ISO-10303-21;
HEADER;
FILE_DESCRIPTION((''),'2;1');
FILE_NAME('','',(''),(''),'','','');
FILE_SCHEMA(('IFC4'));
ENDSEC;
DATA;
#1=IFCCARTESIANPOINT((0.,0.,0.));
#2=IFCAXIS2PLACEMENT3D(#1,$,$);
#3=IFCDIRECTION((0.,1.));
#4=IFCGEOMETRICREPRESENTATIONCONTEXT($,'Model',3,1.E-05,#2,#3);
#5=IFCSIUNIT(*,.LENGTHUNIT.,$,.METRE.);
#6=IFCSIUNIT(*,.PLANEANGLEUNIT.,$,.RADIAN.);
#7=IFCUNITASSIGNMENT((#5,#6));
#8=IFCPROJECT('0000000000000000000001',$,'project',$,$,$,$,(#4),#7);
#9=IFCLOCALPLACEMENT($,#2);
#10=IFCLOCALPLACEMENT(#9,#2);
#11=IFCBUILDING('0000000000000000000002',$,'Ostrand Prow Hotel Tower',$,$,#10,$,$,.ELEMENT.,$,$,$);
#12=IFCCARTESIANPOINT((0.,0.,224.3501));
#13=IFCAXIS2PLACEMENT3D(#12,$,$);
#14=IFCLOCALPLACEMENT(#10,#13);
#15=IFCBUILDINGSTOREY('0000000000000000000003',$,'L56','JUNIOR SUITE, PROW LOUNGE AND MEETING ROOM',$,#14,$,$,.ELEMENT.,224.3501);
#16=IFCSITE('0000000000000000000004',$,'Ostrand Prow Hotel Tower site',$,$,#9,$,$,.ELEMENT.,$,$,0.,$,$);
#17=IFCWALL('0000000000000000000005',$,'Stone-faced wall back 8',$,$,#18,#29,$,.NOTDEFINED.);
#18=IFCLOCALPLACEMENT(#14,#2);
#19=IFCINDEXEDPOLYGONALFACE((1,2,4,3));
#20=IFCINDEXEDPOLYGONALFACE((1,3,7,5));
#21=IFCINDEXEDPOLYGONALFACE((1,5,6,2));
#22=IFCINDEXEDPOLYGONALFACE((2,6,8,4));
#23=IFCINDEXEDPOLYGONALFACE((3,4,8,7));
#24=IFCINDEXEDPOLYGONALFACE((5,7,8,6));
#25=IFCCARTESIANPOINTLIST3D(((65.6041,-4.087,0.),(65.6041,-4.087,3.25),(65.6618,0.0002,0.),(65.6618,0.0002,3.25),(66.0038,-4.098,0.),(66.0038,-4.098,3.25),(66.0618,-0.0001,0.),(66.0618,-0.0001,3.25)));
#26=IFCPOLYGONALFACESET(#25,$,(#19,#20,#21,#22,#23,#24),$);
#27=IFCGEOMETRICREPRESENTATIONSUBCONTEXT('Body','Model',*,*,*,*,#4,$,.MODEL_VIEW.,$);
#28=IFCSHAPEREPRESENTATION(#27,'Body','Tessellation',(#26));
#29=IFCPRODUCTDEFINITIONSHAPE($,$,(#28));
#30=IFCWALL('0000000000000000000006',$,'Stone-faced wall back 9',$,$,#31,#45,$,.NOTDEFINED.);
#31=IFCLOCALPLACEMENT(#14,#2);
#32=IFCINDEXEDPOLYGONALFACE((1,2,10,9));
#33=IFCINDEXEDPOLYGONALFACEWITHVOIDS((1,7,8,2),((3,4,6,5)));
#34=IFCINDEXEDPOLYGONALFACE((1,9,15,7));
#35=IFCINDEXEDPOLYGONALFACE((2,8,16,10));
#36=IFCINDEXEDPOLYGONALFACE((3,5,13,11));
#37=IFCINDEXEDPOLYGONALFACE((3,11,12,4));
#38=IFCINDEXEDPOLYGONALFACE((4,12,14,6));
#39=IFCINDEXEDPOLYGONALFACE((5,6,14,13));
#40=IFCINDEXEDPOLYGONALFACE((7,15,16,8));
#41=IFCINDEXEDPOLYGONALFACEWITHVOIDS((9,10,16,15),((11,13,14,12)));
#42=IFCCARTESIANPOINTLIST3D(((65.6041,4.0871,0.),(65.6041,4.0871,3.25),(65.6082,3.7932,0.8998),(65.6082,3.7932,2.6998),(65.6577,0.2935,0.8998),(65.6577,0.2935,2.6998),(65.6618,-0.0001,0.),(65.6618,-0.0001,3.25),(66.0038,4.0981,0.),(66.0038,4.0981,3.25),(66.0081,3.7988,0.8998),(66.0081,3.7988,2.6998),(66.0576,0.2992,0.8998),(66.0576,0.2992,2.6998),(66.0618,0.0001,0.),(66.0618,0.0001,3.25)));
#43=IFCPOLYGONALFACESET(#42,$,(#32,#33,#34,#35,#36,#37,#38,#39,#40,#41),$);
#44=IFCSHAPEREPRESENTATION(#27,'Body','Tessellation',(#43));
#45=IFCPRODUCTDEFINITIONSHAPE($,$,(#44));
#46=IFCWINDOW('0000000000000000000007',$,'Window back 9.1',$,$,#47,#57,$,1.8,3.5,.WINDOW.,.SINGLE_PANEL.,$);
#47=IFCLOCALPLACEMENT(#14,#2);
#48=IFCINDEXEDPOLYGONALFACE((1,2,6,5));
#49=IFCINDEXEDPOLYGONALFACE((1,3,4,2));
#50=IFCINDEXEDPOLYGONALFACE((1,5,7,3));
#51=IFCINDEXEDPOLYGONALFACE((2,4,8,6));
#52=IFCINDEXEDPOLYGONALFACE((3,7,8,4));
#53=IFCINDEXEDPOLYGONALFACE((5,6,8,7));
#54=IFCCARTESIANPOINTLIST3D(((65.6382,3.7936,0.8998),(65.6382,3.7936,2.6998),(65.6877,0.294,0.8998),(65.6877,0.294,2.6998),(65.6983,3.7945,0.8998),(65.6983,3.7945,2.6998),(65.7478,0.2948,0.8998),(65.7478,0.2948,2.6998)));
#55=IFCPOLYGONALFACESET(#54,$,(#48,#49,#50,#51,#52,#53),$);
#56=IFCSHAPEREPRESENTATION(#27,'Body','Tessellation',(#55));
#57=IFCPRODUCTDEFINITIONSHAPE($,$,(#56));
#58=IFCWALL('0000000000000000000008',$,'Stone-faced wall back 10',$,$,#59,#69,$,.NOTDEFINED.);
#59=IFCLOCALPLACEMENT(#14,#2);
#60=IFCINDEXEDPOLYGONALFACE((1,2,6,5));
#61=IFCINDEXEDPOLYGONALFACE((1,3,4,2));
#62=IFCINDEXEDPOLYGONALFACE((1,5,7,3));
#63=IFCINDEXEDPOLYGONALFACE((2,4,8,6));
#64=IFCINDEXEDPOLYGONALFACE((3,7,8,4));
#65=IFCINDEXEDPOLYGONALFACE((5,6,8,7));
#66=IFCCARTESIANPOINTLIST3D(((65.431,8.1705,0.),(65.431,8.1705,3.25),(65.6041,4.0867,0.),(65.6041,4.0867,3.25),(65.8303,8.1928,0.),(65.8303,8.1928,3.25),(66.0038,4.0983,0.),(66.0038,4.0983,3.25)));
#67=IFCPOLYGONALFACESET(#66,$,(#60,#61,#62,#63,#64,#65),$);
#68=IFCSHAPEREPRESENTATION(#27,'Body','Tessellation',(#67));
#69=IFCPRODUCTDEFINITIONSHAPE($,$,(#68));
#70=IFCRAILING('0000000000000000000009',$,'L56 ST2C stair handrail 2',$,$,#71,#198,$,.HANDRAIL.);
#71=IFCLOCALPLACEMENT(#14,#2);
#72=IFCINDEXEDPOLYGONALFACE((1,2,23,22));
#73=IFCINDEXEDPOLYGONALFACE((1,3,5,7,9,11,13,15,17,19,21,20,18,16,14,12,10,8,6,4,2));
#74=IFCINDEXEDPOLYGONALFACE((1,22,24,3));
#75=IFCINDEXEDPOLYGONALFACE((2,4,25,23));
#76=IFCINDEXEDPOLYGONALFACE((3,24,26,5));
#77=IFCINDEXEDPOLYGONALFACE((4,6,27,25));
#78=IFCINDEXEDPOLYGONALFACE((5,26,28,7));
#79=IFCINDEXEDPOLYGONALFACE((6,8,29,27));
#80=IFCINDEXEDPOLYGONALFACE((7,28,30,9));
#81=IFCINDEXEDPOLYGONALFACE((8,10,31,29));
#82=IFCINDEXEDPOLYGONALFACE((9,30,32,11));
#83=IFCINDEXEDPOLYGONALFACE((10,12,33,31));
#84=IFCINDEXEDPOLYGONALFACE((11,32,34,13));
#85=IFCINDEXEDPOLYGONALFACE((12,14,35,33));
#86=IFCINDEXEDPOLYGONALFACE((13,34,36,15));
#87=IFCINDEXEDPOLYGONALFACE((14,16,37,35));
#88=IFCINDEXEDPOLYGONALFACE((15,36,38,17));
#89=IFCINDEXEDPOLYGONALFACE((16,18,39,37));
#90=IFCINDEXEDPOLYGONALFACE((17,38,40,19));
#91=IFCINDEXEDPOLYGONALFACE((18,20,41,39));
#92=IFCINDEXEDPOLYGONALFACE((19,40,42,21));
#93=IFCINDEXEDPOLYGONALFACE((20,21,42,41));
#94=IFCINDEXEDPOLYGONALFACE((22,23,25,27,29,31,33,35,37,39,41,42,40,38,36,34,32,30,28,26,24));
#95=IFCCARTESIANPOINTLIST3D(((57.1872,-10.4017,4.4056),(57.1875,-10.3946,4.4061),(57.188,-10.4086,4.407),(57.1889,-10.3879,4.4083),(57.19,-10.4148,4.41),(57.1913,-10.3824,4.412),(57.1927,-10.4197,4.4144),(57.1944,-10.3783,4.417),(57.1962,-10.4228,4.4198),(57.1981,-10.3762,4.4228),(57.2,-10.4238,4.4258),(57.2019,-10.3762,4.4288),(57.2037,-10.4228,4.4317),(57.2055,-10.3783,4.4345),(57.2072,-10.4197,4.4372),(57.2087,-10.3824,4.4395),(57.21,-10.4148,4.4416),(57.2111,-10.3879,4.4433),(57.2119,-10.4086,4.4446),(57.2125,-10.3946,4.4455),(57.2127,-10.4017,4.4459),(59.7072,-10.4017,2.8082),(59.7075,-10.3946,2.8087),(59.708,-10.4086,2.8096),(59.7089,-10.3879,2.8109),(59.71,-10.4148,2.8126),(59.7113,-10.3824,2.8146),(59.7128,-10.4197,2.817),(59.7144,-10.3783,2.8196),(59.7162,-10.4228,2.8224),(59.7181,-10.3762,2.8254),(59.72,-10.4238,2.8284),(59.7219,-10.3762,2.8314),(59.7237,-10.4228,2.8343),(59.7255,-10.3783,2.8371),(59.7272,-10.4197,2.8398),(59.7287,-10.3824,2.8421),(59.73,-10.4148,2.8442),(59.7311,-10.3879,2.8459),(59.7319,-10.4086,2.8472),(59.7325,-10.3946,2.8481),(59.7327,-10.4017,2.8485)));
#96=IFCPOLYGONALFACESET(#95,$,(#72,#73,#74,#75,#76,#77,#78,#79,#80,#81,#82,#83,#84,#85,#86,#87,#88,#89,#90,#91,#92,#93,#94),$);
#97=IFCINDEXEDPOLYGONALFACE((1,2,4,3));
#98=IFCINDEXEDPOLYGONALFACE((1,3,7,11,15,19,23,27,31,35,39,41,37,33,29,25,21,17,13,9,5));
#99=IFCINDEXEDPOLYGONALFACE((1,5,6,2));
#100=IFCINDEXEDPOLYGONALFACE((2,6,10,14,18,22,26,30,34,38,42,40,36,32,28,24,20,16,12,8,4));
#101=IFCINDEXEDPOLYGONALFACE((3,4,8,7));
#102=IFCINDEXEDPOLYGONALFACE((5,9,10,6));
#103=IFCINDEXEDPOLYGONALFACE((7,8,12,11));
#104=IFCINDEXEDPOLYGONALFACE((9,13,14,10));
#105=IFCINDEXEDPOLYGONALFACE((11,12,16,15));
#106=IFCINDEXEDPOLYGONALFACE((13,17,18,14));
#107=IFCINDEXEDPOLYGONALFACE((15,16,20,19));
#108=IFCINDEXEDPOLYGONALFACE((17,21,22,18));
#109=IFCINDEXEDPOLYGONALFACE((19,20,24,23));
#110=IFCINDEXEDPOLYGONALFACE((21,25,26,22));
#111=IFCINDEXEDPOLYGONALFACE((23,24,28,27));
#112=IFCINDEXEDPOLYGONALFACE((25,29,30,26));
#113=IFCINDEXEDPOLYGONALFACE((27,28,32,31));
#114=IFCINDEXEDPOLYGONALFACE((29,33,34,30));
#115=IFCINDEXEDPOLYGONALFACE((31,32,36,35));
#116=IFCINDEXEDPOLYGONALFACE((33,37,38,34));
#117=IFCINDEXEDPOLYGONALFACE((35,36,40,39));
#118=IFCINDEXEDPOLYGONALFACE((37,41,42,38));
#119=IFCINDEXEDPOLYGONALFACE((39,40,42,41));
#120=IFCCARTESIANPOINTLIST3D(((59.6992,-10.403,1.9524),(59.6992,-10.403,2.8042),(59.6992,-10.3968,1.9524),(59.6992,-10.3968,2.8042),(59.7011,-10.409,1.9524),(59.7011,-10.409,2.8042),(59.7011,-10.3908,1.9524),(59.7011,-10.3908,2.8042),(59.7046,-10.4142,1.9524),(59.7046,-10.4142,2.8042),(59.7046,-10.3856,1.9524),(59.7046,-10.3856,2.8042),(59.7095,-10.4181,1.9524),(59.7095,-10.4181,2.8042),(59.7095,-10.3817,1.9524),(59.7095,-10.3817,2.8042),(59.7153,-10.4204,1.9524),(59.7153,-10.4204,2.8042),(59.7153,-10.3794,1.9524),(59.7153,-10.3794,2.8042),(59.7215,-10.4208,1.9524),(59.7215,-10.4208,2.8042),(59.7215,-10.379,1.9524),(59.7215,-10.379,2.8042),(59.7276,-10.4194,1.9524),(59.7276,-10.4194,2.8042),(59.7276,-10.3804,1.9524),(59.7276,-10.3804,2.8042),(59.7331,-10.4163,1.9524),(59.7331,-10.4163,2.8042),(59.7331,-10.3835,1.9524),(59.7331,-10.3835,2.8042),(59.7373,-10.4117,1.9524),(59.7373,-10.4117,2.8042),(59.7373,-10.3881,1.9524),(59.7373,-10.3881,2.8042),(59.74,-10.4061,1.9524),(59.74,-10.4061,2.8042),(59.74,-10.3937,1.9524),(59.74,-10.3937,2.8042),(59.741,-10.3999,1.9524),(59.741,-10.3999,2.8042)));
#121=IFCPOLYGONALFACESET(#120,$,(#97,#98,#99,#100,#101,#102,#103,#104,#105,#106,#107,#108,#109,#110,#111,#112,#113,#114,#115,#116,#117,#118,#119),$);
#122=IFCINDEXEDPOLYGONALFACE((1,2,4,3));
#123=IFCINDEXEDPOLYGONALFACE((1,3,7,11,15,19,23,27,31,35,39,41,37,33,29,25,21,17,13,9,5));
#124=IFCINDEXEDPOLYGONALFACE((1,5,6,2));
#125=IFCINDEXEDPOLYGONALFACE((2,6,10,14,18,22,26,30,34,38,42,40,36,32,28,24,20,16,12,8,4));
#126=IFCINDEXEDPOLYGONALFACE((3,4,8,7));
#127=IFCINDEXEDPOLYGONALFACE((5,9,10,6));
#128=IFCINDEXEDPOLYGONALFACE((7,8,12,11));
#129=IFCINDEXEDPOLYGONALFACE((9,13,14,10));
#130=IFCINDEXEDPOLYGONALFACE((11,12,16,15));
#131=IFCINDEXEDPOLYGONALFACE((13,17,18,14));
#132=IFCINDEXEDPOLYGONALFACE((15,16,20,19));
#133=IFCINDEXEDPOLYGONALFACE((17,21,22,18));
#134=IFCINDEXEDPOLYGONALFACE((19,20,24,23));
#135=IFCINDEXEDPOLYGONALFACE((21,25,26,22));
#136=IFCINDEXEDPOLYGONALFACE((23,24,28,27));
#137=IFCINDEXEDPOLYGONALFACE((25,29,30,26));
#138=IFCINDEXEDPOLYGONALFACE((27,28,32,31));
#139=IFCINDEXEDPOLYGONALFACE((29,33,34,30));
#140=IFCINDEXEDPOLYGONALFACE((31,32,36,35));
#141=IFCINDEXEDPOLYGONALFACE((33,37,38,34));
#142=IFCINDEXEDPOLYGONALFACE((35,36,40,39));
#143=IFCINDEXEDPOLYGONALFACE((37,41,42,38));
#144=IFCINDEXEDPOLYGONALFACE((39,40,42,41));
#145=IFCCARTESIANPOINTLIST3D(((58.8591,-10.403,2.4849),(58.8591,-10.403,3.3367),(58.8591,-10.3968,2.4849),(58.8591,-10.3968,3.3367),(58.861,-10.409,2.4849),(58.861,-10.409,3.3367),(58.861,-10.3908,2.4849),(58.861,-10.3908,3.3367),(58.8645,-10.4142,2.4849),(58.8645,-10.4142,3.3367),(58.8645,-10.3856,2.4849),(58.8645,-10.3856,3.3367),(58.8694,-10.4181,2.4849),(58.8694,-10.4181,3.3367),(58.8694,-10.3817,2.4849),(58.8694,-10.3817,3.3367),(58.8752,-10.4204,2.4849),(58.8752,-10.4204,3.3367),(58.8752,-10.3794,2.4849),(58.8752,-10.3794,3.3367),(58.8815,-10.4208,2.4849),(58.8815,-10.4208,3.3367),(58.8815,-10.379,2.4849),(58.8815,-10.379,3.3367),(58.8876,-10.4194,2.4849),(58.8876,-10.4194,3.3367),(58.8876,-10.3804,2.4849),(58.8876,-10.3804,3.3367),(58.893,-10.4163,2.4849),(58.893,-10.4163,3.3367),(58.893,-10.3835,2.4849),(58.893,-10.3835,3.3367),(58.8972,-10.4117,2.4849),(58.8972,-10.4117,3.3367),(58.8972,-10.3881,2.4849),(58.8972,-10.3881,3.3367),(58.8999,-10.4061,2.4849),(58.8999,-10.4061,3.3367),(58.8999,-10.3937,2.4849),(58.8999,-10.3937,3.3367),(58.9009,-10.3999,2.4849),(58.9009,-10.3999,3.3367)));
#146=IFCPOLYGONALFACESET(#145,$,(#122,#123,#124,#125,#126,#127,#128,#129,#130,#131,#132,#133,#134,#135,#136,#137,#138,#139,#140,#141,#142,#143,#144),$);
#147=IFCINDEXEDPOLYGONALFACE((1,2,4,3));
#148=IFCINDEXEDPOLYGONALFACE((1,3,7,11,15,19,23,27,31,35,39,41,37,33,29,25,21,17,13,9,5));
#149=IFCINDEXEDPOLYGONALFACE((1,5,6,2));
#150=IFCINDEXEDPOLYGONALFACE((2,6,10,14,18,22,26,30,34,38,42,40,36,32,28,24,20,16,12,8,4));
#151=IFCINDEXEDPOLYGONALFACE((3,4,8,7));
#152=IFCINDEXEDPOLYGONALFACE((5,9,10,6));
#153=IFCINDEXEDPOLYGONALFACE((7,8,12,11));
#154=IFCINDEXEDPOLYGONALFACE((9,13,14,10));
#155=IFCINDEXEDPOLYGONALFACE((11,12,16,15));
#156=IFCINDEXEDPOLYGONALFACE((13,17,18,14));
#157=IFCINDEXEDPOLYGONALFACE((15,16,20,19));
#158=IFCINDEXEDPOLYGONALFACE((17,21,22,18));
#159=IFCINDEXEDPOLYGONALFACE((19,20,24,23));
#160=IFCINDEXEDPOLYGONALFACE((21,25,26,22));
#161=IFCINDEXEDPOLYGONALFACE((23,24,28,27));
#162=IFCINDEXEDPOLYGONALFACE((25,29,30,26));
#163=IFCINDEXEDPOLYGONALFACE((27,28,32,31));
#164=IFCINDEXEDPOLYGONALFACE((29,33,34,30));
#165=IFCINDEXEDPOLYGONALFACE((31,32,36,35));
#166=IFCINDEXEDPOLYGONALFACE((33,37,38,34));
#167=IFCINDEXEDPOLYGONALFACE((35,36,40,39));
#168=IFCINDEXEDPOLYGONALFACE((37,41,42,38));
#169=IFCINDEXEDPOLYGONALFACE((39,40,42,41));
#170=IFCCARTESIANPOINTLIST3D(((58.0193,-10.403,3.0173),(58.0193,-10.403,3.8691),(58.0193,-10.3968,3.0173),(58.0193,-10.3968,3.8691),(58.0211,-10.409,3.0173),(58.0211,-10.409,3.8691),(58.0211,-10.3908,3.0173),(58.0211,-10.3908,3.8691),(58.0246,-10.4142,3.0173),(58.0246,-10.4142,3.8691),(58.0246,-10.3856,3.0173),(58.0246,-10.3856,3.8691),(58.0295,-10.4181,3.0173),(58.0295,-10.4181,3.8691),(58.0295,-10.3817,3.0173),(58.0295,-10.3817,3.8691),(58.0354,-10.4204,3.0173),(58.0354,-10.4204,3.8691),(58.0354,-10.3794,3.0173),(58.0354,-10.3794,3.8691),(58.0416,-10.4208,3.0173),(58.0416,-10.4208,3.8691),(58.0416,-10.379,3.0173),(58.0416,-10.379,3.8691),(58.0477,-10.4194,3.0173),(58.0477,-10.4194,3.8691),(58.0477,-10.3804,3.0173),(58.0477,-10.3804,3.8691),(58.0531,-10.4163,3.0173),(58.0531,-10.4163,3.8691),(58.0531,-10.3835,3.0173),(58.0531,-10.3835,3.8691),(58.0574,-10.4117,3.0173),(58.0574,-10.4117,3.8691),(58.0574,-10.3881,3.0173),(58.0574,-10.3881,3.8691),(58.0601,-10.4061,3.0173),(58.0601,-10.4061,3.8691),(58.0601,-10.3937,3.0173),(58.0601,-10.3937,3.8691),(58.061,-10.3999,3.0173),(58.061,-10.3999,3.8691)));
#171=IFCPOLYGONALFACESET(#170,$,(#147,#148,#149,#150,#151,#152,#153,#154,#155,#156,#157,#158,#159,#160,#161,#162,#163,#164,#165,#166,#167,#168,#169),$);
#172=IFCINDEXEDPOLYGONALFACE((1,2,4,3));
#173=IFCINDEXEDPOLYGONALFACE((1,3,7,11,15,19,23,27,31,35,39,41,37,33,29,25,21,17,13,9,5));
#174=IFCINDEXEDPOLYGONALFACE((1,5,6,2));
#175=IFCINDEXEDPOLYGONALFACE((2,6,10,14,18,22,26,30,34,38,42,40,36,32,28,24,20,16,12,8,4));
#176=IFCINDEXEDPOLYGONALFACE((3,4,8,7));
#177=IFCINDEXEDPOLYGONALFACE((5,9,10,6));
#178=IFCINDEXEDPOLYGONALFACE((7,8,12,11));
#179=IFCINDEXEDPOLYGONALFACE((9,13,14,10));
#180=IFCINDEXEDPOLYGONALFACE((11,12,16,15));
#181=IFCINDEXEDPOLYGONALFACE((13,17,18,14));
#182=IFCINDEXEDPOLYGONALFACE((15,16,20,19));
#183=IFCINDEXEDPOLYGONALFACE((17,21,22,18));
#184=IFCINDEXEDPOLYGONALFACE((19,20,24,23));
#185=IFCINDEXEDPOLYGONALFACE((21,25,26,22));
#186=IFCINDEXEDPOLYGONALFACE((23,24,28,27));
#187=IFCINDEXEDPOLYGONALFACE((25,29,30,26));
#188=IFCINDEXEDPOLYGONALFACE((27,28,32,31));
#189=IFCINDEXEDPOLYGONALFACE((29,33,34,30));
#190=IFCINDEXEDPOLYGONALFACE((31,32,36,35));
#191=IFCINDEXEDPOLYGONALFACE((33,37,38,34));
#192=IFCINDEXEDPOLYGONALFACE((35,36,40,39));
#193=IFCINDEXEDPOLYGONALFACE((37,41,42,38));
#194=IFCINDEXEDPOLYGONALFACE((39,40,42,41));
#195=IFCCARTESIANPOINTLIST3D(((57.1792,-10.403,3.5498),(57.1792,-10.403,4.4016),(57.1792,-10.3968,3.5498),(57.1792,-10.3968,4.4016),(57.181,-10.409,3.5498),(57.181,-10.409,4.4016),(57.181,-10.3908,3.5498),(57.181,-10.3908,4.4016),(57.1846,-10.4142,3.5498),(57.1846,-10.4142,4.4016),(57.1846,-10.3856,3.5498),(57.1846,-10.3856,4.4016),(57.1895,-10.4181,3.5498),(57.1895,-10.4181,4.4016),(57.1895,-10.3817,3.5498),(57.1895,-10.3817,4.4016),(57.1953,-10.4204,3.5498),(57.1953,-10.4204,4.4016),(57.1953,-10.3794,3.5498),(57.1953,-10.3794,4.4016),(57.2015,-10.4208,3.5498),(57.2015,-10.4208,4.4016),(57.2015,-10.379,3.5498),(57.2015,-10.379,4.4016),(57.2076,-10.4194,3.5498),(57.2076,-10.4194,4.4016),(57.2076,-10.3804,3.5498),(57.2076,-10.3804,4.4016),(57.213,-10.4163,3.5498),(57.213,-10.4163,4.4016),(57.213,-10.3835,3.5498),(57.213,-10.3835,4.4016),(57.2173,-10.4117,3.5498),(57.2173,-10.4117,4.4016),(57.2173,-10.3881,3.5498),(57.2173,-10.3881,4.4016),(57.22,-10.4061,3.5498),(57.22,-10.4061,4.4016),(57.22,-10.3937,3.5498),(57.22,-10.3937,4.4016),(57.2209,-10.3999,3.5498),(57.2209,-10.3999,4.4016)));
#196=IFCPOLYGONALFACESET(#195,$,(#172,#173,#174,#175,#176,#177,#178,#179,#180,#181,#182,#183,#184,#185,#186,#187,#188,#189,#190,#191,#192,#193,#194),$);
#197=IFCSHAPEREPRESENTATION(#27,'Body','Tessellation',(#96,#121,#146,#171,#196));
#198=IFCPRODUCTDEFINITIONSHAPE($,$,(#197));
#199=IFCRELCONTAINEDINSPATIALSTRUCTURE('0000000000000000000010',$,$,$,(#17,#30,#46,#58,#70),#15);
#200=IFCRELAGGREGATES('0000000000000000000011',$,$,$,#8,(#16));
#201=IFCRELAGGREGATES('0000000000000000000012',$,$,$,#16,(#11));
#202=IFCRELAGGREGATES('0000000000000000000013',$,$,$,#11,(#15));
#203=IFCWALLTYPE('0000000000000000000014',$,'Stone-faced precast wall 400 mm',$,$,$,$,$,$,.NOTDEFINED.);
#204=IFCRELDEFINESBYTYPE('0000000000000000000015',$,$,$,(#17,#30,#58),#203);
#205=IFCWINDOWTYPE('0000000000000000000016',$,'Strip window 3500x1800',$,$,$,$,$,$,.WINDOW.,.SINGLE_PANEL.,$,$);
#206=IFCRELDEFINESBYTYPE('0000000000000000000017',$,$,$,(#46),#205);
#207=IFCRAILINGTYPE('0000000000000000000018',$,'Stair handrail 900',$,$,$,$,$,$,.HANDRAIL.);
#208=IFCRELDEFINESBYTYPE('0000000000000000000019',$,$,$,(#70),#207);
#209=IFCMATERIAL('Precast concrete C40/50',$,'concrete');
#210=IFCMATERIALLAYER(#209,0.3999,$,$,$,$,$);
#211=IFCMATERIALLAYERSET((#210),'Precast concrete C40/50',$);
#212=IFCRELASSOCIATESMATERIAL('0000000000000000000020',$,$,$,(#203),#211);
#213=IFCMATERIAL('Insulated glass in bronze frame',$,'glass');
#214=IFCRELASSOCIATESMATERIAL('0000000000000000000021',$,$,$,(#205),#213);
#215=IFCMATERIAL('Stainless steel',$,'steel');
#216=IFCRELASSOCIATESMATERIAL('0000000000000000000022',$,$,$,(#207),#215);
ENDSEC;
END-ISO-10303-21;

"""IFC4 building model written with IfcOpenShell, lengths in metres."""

from ifc_helpers import new_model, si_unit, direction, frame, frame_2d, origin, origin_2d, place, context, subcontext, project, spatial, polyline, rectangle, circle, outline, extrude, material, layer, layer_set, type_object, element, fill, save


model = new_model("IFC4")

# Units and contexts
model_context = context("Model", 3, precision=1e-05, world=origin(), true_north=direction((0.0, 1.0)))
body_context = subcontext(model_context, "Body", "Model", "MODEL_VIEW")
ifc_project = project(units=[si_unit("LENGTHUNIT", "METRE"), si_unit("PLANEANGLEUNIT", "RADIAN")], contexts=[model_context])

# Site, building, storey
site_placement = place(None, origin())
site = spatial("IfcSite", under=ifc_project, at=site_placement, Name="Ostrand Prow Hotel Tower site", CompositionType="ELEMENT", RefElevation=0.0)
building_placement = place(site_placement, origin())
building = spatial("IfcBuilding", under=site, at=building_placement, Name="Ostrand Prow Hotel Tower", CompositionType="ELEMENT")
storey_placement = place(building_placement, frame((0.0, 0.0, 224.3501)))
storey = spatial("IfcBuildingStorey", under=building, at=storey_placement, Name="L56", Description="JUNIOR SUITE, PROW LOUNGE AND MEETING ROOM", CompositionType="ELEMENT", Elevation=224.3501)

# Wall
ifc_material_1 = material(Name="Precast concrete C40/50", Category="concrete")
ifc_layer_1 = layer(ifc_material_1, 0.3999)
ifc_layer_set_1 = layer_set([ifc_layer_1], Name="Precast concrete C40/50")
wall_type_1 = type_object("IfcWallType", Name="Stone-faced precast wall 400 mm", PredefinedType="NOTDEFINED", material=ifc_layer_set_1)
wall_1_placement = place(storey_placement, frame((65.804, -4.0925, 0.0), z_axis=(0.0, 0.0, 1.0), x_axis=(0.014137, 0.9999, 0.0)))
element("IfcWall", 1, at=wall_1_placement, inside=storey, type_object=wall_type_1, Name="Stone-faced wall back 8", PredefinedType="NOTDEFINED", context=body_context, shape_type="SweptSolid", body=[
    extrude(outline(polyline([(-0.0027, -0.2), (4.0957, -0.2), (4.0903, 0.2), (0.0027, 0.2), (-0.0027, -0.2)])), origin(), (0.0, 0.0, 1.0), 3.25),
])

# Wall, opening, window
wall_2_placement = place(storey_placement, frame((65.8618, 0.0, 0.0), z_axis=(0.0, 0.0, 1.0), x_axis=(-0.014137, 0.9999, 0.0)))
wall_2 = element("IfcWall", 2, at=wall_2_placement, inside=storey, type_object=wall_type_1, Name="Stone-faced wall back 9", PredefinedType="NOTDEFINED", context=body_context, shape_type="SweptSolid", body=[
    extrude(outline(polyline([(-0.0027, -0.2), (4.0957, -0.2), (4.0903, 0.2), (0.0027, 0.2), (-0.0027, -0.2)])), origin(), (0.0, 0.0, 1.0), 3.25),
])
opening_placement = place(wall_2_placement, frame((0.2964, 0.0, 0.8999)))
opening = element("IfcOpeningElement", 3, at=opening_placement, cuts=wall_2, PredefinedType="OPENING", context=body_context, shape_type="SweptSolid", body=[
    extrude(rectangle(XDim=3.5, YDim=1.8, at=frame_2d((1.75, 0.8999))), frame((0.0, 0.21, 0.0), z_axis=(0.0, -1.0, 0.0), x_axis=(1.0, 0.0, 0.0)), (0.0, 0.0, 1.0), 0.4199),
])
ifc_material_2 = material(Name="Insulated glass in bronze frame", Category="glass")
window_type = type_object("IfcWindowType", Name="Strip window 3500x1800", PartitioningType="SINGLE_PANEL", PredefinedType="WINDOW", material=ifc_material_2)
window_placement = place(opening_placement, origin())
window = element("IfcWindow", 4, at=window_placement, inside=storey, type_object=window_type, Name="Window back 9.1", OverallHeight=1.8, OverallWidth=3.5, PartitioningType="SINGLE_PANEL", PredefinedType="WINDOW", context=body_context, shape_type="SweptSolid", body=[
    extrude(rectangle(XDim=3.5, YDim=1.8, at=frame_2d((1.75, 0.8999))), frame((0.0, 0.1699, 0.0), z_axis=(0.0, -1.0, 0.0), x_axis=(1.0, 0.0, 0.0)), (0.0, 0.0, 1.0), 0.0601),
])
fill(opening, window)

# Wall
wall_3_placement = place(storey_placement, frame((65.804, 4.0925, 0.0), z_axis=(0.0, 0.0, 1.0), x_axis=(-0.042353, 0.999103, 0.0)))
element("IfcWall", 5, at=wall_3_placement, inside=storey, type_object=wall_type_1, Name="Stone-faced wall back 10", PredefinedType="NOTDEFINED", context=body_context, shape_type="SweptSolid", body=[
    extrude(outline(polyline([(-0.0027, -0.2), (4.0955, -0.2), (4.0901, 0.2), (0.0027, 0.2), (-0.0027, -0.2)])), origin(), (0.0, 0.0, 1.0), 3.25),
])

# Railing
ifc_material_3 = material(Name="Stainless steel", Category="steel")
railing_type = type_object("IfcRailingType", Name="Stair handrail 900", PredefinedType="HANDRAIL", material=ifc_material_3)
railing_placement = place(storey_placement, frame((59.72, -10.3999, 1.9524)))
element("IfcRailing", 6, at=railing_placement, inside=storey, type_object=railing_type, Name="L56 ST2C stair handrail 2", PredefinedType="HANDRAIL", context=body_context, shape_type="SweptSolid", body=[
    extrude(circle(Radius=0.0239, at=origin_2d()), frame((0.0, 0.0, 0.876), z_axis=(-0.844607, 0.0, 0.535387), x_axis=(0.0, -1.0, 0.0)), (0.0, 0.0, 1.0), 2.9836),
    extrude(circle(Radius=0.021, at=origin_2d()), origin(), (0.0, 0.0, 1.0), 0.8518),
    extrude(circle(Radius=0.021, at=origin_2d()), frame((-0.8401, 0.0, 0.5325)), (0.0, 0.0, 1.0), 0.8518),
    extrude(circle(Radius=0.021, at=origin_2d()), frame((-1.6799, 0.0, 1.0649)), (0.0, 0.0, 1.0), 0.8518),
    extrude(circle(Radius=0.021, at=origin_2d()), frame((-2.52, 0.0, 1.5974)), (0.0, 0.0, 1.0), 0.8518),
])

save(model, "model.ifc")
